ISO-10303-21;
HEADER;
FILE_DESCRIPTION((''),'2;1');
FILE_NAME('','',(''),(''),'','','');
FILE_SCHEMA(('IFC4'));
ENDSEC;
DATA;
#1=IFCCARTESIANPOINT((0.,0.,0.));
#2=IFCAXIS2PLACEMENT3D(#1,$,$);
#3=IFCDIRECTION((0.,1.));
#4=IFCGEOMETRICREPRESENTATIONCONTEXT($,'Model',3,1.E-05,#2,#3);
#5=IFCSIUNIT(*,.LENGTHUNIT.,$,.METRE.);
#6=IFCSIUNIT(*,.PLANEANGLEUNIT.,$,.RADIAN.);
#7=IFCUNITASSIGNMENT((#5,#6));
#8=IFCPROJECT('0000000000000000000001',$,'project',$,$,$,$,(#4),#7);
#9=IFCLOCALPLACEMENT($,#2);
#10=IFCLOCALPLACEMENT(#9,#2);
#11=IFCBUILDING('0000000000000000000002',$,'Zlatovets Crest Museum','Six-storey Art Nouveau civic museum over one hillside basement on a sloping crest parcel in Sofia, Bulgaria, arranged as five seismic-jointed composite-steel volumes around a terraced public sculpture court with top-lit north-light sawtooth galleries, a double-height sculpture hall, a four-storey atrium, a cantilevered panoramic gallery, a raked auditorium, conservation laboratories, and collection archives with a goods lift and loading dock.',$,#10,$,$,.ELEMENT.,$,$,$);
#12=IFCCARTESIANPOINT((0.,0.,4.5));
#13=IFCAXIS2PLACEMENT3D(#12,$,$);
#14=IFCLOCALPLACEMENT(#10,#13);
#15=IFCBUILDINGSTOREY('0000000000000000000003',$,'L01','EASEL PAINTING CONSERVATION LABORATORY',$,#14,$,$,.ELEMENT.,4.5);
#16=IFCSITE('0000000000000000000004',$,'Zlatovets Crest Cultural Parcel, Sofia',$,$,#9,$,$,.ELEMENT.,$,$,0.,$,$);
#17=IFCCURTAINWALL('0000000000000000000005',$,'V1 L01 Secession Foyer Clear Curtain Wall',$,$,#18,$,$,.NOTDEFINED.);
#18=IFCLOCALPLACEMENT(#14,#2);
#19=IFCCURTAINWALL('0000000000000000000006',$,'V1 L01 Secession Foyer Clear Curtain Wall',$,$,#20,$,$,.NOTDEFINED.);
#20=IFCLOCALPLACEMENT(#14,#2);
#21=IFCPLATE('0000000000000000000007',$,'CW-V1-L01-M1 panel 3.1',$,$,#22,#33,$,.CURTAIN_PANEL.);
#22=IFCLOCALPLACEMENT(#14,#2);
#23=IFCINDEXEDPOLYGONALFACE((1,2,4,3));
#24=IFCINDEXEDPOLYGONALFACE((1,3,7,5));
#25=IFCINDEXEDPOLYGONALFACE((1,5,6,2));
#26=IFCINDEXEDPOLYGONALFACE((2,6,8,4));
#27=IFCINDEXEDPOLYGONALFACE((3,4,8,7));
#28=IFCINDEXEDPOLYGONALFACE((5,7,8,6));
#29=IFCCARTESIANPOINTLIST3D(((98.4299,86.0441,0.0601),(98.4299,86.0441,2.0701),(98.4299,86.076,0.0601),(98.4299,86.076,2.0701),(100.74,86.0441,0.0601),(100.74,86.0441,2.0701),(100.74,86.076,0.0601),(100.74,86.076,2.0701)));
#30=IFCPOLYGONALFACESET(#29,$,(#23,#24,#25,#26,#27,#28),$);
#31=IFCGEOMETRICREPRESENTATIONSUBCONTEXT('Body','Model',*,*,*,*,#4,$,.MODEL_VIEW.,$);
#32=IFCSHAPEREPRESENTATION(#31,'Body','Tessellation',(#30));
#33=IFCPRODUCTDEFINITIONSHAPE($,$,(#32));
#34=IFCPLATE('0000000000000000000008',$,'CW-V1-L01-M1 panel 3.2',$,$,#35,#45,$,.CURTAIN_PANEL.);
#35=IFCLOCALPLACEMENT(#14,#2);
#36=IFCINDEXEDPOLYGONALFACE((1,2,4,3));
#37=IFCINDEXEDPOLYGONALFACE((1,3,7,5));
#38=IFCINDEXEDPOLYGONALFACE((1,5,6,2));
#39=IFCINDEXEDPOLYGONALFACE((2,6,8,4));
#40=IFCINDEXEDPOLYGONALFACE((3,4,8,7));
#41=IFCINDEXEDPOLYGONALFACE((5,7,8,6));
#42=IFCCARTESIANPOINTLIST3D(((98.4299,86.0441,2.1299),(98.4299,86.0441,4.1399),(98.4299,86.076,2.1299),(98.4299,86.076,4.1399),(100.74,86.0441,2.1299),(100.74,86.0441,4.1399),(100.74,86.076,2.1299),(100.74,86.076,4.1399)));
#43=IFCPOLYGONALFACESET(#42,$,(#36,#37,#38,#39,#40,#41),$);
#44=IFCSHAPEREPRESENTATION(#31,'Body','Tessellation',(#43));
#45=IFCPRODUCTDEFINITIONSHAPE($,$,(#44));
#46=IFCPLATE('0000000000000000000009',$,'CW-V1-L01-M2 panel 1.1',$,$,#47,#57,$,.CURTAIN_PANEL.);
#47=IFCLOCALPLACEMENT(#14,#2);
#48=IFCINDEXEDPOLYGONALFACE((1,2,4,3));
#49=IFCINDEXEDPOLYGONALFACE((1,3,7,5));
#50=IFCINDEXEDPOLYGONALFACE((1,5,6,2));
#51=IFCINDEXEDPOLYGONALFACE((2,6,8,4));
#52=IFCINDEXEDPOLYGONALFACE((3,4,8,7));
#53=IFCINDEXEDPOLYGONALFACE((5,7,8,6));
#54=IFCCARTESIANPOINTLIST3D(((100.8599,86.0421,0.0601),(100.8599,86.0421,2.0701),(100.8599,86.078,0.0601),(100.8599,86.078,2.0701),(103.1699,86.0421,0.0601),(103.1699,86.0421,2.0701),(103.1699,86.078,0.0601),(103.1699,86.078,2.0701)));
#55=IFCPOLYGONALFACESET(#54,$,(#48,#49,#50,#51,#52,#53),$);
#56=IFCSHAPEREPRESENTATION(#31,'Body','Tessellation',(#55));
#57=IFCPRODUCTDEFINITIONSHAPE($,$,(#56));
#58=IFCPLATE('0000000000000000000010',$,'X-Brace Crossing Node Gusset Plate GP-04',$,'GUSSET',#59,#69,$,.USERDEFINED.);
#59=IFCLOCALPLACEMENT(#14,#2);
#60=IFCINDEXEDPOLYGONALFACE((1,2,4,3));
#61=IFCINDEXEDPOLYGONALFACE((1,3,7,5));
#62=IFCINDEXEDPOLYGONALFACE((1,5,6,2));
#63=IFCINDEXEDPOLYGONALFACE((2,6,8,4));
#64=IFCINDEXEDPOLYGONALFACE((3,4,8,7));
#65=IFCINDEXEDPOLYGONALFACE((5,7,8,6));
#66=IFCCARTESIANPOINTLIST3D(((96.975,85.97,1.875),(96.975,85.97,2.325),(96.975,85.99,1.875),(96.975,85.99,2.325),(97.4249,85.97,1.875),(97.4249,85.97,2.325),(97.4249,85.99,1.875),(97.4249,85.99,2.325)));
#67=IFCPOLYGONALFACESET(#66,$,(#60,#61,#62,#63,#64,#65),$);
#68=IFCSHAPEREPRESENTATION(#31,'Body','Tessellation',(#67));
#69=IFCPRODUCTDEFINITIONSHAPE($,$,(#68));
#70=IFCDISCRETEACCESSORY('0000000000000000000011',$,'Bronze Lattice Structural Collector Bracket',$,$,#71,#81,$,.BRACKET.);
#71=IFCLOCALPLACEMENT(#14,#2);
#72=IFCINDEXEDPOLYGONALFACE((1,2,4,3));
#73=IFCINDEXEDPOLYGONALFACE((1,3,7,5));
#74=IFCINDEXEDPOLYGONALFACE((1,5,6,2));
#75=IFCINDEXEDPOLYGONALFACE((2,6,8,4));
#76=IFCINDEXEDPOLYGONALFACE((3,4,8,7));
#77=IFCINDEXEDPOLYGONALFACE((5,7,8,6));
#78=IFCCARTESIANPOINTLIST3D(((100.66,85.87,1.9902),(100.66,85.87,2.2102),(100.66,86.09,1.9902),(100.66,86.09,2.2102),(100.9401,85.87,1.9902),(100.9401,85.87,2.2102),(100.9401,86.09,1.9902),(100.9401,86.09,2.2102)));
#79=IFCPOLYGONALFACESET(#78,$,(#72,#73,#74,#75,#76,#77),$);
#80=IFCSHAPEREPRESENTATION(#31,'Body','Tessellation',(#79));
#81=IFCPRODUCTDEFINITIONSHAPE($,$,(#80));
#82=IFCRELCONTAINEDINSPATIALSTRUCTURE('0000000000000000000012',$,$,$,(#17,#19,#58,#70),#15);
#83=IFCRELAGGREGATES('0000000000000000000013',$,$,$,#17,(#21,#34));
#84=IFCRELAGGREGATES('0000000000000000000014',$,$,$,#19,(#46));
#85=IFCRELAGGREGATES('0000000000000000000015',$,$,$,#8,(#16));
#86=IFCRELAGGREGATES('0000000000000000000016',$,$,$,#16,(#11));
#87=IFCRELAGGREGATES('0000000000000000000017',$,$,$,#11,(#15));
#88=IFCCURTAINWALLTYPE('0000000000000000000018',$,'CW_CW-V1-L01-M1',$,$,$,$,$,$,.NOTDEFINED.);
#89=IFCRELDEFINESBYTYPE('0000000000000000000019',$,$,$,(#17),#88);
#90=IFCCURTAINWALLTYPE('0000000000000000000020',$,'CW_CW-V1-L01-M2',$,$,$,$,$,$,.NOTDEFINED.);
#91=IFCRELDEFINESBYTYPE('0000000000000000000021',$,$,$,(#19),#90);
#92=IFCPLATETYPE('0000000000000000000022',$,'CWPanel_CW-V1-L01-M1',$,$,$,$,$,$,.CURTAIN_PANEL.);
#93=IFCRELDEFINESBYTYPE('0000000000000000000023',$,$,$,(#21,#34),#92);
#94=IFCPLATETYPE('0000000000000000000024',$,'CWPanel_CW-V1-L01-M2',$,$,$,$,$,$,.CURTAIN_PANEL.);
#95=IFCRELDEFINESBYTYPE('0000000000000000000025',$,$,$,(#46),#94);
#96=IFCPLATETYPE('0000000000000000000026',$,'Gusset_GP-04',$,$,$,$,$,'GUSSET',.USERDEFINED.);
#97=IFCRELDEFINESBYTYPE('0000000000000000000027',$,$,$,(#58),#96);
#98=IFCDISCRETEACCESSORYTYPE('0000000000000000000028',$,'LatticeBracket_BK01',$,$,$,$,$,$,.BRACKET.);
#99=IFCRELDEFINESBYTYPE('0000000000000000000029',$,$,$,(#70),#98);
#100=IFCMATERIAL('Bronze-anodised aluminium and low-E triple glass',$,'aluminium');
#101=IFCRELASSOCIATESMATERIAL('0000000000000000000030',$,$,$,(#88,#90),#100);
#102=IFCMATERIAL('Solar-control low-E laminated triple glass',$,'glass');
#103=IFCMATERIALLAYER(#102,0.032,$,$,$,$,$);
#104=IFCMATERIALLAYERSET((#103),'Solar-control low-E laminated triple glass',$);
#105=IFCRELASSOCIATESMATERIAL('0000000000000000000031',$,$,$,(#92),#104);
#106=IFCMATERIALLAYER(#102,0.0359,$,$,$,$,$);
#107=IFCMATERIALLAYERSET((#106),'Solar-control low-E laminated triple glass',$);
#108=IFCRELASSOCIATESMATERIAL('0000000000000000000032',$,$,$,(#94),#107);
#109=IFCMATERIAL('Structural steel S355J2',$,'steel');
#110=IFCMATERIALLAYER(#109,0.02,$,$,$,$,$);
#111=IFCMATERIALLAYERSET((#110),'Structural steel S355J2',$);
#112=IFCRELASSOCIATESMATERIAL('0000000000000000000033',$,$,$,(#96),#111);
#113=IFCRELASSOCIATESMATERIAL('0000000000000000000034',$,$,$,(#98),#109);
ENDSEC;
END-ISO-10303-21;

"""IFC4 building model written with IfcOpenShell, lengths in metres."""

from ifc_helpers import new_model, si_unit, direction, frame, origin, origin_2d, place, context, subcontext, project, spatial, rectangle, extrude, material, layer, layer_set, type_object, element, aggregate, save


model = new_model("IFC4")

# Units and contexts
model_context = context("Model", 3, precision=1e-05, world=origin(), true_north=direction((0.0, 1.0)))
body_context = subcontext(model_context, "Body", "Model", "MODEL_VIEW")
ifc_project = project(units=[si_unit("LENGTHUNIT", "METRE"), si_unit("PLANEANGLEUNIT", "RADIAN")], contexts=[model_context])

# Site, building, storey
site_placement = place(None, origin())
site = spatial("IfcSite", under=ifc_project, at=site_placement, Name="Zlatovets Crest Cultural Parcel, Sofia", CompositionType="ELEMENT", RefElevation=0.0)
building_placement = place(site_placement, origin())
building = spatial("IfcBuilding", under=site, at=building_placement, Name="Zlatovets Crest Museum", Description="Six-storey Art Nouveau civic museum over one hillside basement on a sloping crest parcel in Sofia, Bulgaria, arranged as five seismic-jointed composite-steel volumes around a terraced public sculpture court with top-lit north-light sawtooth galleries, a double-height sculpture hall, a four-storey atrium, a cantilevered panoramic gallery, a raked auditorium, conservation laboratories, and collection archives with a goods lift and loading dock.", CompositionType="ELEMENT")
storey_placement = place(building_placement, frame((0.0, 0.0, 4.5)))
storey = spatial("IfcBuildingStorey", under=building, at=storey_placement, Name="L01", Description="EASEL PAINTING CONSERVATION LABORATORY", CompositionType="ELEMENT", Elevation=4.5)

# Shared definitions
ifc_material_1 = material(Name="Structural steel S355J2", Category="steel")

# Curtain wall
ifc_material_2 = material(Name="Bronze-anodised aluminium and low-E triple glass", Category="aluminium")
curtain_wall_type_1 = type_object("IfcCurtainWallType", Name="CW_CW-V1-L01-M1", PredefinedType="NOTDEFINED", material=ifc_material_2)
curtain_wall_1_placement = place(storey_placement, origin())
curtain_wall_1 = element("IfcCurtainWall", 1, at=curtain_wall_1_placement, inside=storey, type_object=curtain_wall_type_1, Name="V1 L01 Secession Foyer Clear Curtain Wall", PredefinedType="NOTDEFINED")

# Curtain wall
curtain_wall_type_2 = type_object("IfcCurtainWallType", Name="CW_CW-V1-L01-M2", PredefinedType="NOTDEFINED", material=ifc_material_2)
curtain_wall_2_placement = place(storey_placement, origin())
curtain_wall_2 = element("IfcCurtainWall", 2, at=curtain_wall_2_placement, inside=storey, type_object=curtain_wall_type_2, Name="V1 L01 Secession Foyer Clear Curtain Wall", PredefinedType="NOTDEFINED")

# Plates
ifc_material_3 = material(Name="Solar-control low-E laminated triple glass", Category="glass")
ifc_layer_1 = layer(ifc_material_3, 0.032)
ifc_layer_set_1 = layer_set([ifc_layer_1], Name="Solar-control low-E laminated triple glass")
plate_type_1 = type_object("IfcPlateType", Name="CWPanel_CW-V1-L01-M1", PredefinedType="CURTAIN_PANEL", material=ifc_layer_set_1)
plate_1_placement = place(storey_placement, frame((99.585, 86.0601, 0.0601), z_axis=(0.0, 0.0, 1.0), x_axis=(1.0, 0.0, 0.0)))
plate_1 = element("IfcPlate", 3, at=plate_1_placement, type_object=plate_type_1, Name="CW-V1-L01-M1 panel 3.1", PredefinedType="CURTAIN_PANEL", context=body_context, shape_type="SweptSolid", body=[
    extrude(rectangle(XDim=2.3101, YDim=0.032, at=origin_2d()), origin(), (0.0, 0.0, 1.0), 2.01),
])
plate_2_placement = place(storey_placement, frame((99.585, 86.0601, 2.1299), z_axis=(0.0, 0.0, 1.0), x_axis=(1.0, 0.0, 0.0)))
plate_2 = element("IfcPlate", 4, at=plate_2_placement, type_object=plate_type_1, Name="CW-V1-L01-M1 panel 3.2", PredefinedType="CURTAIN_PANEL", context=body_context, shape_type="SweptSolid", body=[
    extrude(rectangle(XDim=2.3101, YDim=0.032, at=origin_2d()), origin(), (0.0, 0.0, 1.0), 2.01),
])
aggregate(curtain_wall_1, [plate_1, plate_2])
ifc_layer_2 = layer(ifc_material_3, 0.0359)
ifc_layer_set_2 = layer_set([ifc_layer_2], Name="Solar-control low-E laminated triple glass")
plate_type_2 = type_object("IfcPlateType", Name="CWPanel_CW-V1-L01-M2", PredefinedType="CURTAIN_PANEL", material=ifc_layer_set_2)
plate_3_placement = place(storey_placement, frame((102.0149, 86.0601, 0.0601), z_axis=(0.0, 0.0, 1.0), x_axis=(1.0, 0.0, 0.0)))
plate_3 = element("IfcPlate", 5, at=plate_3_placement, type_object=plate_type_2, Name="CW-V1-L01-M2 panel 1.1", PredefinedType="CURTAIN_PANEL", context=body_context, shape_type="SweptSolid", body=[
    extrude(rectangle(XDim=2.3101, YDim=0.0359, at=origin_2d()), origin(), (0.0, 0.0, 1.0), 2.01),
])
aggregate(curtain_wall_2, [plate_3])
ifc_layer_3 = layer(ifc_material_1, 0.02)
ifc_layer_set_3 = layer_set([ifc_layer_3], Name="Structural steel S355J2")
plate_type_3 = type_object("IfcPlateType", Name="Gusset_GP-04", ElementType="GUSSET", PredefinedType="USERDEFINED", material=ifc_layer_set_3)
plate_4_placement = place(storey_placement, frame((97.2, 85.98, 1.875), z_axis=(0.0, 0.0, 1.0), x_axis=(1.0, 0.0, 0.0)))
element("IfcPlate", 6, at=plate_4_placement, inside=storey, type_object=plate_type_3, Name="X-Brace Crossing Node Gusset Plate GP-04", ObjectType="GUSSET", PredefinedType="USERDEFINED", context=body_context, shape_type="SweptSolid", body=[
    extrude(rectangle(XDim=0.45, YDim=0.02, at=origin_2d()), origin(), (0.0, 0.0, 1.0), 0.45),
])

# Discrete accessory
discrete_accessory_type = type_object("IfcDiscreteAccessoryType", Name="LatticeBracket_BK01", PredefinedType="BRACKET", material=ifc_material_1)
discrete_accessory_placement = place(storey_placement, frame((100.8, 85.98, 1.9902), z_axis=(0.0, 0.0, 1.0), x_axis=(1.0, 0.0, 0.0)))
element("IfcDiscreteAccessory", 7, at=discrete_accessory_placement, inside=storey, type_object=discrete_accessory_type, Name="Bronze Lattice Structural Collector Bracket", PredefinedType="BRACKET", context=body_context, shape_type="SweptSolid", body=[
    extrude(rectangle(XDim=0.28, YDim=0.22, at=origin_2d()), origin(), (0.0, 0.0, 1.0), 0.22),
])

save(model, "model.ifc")
